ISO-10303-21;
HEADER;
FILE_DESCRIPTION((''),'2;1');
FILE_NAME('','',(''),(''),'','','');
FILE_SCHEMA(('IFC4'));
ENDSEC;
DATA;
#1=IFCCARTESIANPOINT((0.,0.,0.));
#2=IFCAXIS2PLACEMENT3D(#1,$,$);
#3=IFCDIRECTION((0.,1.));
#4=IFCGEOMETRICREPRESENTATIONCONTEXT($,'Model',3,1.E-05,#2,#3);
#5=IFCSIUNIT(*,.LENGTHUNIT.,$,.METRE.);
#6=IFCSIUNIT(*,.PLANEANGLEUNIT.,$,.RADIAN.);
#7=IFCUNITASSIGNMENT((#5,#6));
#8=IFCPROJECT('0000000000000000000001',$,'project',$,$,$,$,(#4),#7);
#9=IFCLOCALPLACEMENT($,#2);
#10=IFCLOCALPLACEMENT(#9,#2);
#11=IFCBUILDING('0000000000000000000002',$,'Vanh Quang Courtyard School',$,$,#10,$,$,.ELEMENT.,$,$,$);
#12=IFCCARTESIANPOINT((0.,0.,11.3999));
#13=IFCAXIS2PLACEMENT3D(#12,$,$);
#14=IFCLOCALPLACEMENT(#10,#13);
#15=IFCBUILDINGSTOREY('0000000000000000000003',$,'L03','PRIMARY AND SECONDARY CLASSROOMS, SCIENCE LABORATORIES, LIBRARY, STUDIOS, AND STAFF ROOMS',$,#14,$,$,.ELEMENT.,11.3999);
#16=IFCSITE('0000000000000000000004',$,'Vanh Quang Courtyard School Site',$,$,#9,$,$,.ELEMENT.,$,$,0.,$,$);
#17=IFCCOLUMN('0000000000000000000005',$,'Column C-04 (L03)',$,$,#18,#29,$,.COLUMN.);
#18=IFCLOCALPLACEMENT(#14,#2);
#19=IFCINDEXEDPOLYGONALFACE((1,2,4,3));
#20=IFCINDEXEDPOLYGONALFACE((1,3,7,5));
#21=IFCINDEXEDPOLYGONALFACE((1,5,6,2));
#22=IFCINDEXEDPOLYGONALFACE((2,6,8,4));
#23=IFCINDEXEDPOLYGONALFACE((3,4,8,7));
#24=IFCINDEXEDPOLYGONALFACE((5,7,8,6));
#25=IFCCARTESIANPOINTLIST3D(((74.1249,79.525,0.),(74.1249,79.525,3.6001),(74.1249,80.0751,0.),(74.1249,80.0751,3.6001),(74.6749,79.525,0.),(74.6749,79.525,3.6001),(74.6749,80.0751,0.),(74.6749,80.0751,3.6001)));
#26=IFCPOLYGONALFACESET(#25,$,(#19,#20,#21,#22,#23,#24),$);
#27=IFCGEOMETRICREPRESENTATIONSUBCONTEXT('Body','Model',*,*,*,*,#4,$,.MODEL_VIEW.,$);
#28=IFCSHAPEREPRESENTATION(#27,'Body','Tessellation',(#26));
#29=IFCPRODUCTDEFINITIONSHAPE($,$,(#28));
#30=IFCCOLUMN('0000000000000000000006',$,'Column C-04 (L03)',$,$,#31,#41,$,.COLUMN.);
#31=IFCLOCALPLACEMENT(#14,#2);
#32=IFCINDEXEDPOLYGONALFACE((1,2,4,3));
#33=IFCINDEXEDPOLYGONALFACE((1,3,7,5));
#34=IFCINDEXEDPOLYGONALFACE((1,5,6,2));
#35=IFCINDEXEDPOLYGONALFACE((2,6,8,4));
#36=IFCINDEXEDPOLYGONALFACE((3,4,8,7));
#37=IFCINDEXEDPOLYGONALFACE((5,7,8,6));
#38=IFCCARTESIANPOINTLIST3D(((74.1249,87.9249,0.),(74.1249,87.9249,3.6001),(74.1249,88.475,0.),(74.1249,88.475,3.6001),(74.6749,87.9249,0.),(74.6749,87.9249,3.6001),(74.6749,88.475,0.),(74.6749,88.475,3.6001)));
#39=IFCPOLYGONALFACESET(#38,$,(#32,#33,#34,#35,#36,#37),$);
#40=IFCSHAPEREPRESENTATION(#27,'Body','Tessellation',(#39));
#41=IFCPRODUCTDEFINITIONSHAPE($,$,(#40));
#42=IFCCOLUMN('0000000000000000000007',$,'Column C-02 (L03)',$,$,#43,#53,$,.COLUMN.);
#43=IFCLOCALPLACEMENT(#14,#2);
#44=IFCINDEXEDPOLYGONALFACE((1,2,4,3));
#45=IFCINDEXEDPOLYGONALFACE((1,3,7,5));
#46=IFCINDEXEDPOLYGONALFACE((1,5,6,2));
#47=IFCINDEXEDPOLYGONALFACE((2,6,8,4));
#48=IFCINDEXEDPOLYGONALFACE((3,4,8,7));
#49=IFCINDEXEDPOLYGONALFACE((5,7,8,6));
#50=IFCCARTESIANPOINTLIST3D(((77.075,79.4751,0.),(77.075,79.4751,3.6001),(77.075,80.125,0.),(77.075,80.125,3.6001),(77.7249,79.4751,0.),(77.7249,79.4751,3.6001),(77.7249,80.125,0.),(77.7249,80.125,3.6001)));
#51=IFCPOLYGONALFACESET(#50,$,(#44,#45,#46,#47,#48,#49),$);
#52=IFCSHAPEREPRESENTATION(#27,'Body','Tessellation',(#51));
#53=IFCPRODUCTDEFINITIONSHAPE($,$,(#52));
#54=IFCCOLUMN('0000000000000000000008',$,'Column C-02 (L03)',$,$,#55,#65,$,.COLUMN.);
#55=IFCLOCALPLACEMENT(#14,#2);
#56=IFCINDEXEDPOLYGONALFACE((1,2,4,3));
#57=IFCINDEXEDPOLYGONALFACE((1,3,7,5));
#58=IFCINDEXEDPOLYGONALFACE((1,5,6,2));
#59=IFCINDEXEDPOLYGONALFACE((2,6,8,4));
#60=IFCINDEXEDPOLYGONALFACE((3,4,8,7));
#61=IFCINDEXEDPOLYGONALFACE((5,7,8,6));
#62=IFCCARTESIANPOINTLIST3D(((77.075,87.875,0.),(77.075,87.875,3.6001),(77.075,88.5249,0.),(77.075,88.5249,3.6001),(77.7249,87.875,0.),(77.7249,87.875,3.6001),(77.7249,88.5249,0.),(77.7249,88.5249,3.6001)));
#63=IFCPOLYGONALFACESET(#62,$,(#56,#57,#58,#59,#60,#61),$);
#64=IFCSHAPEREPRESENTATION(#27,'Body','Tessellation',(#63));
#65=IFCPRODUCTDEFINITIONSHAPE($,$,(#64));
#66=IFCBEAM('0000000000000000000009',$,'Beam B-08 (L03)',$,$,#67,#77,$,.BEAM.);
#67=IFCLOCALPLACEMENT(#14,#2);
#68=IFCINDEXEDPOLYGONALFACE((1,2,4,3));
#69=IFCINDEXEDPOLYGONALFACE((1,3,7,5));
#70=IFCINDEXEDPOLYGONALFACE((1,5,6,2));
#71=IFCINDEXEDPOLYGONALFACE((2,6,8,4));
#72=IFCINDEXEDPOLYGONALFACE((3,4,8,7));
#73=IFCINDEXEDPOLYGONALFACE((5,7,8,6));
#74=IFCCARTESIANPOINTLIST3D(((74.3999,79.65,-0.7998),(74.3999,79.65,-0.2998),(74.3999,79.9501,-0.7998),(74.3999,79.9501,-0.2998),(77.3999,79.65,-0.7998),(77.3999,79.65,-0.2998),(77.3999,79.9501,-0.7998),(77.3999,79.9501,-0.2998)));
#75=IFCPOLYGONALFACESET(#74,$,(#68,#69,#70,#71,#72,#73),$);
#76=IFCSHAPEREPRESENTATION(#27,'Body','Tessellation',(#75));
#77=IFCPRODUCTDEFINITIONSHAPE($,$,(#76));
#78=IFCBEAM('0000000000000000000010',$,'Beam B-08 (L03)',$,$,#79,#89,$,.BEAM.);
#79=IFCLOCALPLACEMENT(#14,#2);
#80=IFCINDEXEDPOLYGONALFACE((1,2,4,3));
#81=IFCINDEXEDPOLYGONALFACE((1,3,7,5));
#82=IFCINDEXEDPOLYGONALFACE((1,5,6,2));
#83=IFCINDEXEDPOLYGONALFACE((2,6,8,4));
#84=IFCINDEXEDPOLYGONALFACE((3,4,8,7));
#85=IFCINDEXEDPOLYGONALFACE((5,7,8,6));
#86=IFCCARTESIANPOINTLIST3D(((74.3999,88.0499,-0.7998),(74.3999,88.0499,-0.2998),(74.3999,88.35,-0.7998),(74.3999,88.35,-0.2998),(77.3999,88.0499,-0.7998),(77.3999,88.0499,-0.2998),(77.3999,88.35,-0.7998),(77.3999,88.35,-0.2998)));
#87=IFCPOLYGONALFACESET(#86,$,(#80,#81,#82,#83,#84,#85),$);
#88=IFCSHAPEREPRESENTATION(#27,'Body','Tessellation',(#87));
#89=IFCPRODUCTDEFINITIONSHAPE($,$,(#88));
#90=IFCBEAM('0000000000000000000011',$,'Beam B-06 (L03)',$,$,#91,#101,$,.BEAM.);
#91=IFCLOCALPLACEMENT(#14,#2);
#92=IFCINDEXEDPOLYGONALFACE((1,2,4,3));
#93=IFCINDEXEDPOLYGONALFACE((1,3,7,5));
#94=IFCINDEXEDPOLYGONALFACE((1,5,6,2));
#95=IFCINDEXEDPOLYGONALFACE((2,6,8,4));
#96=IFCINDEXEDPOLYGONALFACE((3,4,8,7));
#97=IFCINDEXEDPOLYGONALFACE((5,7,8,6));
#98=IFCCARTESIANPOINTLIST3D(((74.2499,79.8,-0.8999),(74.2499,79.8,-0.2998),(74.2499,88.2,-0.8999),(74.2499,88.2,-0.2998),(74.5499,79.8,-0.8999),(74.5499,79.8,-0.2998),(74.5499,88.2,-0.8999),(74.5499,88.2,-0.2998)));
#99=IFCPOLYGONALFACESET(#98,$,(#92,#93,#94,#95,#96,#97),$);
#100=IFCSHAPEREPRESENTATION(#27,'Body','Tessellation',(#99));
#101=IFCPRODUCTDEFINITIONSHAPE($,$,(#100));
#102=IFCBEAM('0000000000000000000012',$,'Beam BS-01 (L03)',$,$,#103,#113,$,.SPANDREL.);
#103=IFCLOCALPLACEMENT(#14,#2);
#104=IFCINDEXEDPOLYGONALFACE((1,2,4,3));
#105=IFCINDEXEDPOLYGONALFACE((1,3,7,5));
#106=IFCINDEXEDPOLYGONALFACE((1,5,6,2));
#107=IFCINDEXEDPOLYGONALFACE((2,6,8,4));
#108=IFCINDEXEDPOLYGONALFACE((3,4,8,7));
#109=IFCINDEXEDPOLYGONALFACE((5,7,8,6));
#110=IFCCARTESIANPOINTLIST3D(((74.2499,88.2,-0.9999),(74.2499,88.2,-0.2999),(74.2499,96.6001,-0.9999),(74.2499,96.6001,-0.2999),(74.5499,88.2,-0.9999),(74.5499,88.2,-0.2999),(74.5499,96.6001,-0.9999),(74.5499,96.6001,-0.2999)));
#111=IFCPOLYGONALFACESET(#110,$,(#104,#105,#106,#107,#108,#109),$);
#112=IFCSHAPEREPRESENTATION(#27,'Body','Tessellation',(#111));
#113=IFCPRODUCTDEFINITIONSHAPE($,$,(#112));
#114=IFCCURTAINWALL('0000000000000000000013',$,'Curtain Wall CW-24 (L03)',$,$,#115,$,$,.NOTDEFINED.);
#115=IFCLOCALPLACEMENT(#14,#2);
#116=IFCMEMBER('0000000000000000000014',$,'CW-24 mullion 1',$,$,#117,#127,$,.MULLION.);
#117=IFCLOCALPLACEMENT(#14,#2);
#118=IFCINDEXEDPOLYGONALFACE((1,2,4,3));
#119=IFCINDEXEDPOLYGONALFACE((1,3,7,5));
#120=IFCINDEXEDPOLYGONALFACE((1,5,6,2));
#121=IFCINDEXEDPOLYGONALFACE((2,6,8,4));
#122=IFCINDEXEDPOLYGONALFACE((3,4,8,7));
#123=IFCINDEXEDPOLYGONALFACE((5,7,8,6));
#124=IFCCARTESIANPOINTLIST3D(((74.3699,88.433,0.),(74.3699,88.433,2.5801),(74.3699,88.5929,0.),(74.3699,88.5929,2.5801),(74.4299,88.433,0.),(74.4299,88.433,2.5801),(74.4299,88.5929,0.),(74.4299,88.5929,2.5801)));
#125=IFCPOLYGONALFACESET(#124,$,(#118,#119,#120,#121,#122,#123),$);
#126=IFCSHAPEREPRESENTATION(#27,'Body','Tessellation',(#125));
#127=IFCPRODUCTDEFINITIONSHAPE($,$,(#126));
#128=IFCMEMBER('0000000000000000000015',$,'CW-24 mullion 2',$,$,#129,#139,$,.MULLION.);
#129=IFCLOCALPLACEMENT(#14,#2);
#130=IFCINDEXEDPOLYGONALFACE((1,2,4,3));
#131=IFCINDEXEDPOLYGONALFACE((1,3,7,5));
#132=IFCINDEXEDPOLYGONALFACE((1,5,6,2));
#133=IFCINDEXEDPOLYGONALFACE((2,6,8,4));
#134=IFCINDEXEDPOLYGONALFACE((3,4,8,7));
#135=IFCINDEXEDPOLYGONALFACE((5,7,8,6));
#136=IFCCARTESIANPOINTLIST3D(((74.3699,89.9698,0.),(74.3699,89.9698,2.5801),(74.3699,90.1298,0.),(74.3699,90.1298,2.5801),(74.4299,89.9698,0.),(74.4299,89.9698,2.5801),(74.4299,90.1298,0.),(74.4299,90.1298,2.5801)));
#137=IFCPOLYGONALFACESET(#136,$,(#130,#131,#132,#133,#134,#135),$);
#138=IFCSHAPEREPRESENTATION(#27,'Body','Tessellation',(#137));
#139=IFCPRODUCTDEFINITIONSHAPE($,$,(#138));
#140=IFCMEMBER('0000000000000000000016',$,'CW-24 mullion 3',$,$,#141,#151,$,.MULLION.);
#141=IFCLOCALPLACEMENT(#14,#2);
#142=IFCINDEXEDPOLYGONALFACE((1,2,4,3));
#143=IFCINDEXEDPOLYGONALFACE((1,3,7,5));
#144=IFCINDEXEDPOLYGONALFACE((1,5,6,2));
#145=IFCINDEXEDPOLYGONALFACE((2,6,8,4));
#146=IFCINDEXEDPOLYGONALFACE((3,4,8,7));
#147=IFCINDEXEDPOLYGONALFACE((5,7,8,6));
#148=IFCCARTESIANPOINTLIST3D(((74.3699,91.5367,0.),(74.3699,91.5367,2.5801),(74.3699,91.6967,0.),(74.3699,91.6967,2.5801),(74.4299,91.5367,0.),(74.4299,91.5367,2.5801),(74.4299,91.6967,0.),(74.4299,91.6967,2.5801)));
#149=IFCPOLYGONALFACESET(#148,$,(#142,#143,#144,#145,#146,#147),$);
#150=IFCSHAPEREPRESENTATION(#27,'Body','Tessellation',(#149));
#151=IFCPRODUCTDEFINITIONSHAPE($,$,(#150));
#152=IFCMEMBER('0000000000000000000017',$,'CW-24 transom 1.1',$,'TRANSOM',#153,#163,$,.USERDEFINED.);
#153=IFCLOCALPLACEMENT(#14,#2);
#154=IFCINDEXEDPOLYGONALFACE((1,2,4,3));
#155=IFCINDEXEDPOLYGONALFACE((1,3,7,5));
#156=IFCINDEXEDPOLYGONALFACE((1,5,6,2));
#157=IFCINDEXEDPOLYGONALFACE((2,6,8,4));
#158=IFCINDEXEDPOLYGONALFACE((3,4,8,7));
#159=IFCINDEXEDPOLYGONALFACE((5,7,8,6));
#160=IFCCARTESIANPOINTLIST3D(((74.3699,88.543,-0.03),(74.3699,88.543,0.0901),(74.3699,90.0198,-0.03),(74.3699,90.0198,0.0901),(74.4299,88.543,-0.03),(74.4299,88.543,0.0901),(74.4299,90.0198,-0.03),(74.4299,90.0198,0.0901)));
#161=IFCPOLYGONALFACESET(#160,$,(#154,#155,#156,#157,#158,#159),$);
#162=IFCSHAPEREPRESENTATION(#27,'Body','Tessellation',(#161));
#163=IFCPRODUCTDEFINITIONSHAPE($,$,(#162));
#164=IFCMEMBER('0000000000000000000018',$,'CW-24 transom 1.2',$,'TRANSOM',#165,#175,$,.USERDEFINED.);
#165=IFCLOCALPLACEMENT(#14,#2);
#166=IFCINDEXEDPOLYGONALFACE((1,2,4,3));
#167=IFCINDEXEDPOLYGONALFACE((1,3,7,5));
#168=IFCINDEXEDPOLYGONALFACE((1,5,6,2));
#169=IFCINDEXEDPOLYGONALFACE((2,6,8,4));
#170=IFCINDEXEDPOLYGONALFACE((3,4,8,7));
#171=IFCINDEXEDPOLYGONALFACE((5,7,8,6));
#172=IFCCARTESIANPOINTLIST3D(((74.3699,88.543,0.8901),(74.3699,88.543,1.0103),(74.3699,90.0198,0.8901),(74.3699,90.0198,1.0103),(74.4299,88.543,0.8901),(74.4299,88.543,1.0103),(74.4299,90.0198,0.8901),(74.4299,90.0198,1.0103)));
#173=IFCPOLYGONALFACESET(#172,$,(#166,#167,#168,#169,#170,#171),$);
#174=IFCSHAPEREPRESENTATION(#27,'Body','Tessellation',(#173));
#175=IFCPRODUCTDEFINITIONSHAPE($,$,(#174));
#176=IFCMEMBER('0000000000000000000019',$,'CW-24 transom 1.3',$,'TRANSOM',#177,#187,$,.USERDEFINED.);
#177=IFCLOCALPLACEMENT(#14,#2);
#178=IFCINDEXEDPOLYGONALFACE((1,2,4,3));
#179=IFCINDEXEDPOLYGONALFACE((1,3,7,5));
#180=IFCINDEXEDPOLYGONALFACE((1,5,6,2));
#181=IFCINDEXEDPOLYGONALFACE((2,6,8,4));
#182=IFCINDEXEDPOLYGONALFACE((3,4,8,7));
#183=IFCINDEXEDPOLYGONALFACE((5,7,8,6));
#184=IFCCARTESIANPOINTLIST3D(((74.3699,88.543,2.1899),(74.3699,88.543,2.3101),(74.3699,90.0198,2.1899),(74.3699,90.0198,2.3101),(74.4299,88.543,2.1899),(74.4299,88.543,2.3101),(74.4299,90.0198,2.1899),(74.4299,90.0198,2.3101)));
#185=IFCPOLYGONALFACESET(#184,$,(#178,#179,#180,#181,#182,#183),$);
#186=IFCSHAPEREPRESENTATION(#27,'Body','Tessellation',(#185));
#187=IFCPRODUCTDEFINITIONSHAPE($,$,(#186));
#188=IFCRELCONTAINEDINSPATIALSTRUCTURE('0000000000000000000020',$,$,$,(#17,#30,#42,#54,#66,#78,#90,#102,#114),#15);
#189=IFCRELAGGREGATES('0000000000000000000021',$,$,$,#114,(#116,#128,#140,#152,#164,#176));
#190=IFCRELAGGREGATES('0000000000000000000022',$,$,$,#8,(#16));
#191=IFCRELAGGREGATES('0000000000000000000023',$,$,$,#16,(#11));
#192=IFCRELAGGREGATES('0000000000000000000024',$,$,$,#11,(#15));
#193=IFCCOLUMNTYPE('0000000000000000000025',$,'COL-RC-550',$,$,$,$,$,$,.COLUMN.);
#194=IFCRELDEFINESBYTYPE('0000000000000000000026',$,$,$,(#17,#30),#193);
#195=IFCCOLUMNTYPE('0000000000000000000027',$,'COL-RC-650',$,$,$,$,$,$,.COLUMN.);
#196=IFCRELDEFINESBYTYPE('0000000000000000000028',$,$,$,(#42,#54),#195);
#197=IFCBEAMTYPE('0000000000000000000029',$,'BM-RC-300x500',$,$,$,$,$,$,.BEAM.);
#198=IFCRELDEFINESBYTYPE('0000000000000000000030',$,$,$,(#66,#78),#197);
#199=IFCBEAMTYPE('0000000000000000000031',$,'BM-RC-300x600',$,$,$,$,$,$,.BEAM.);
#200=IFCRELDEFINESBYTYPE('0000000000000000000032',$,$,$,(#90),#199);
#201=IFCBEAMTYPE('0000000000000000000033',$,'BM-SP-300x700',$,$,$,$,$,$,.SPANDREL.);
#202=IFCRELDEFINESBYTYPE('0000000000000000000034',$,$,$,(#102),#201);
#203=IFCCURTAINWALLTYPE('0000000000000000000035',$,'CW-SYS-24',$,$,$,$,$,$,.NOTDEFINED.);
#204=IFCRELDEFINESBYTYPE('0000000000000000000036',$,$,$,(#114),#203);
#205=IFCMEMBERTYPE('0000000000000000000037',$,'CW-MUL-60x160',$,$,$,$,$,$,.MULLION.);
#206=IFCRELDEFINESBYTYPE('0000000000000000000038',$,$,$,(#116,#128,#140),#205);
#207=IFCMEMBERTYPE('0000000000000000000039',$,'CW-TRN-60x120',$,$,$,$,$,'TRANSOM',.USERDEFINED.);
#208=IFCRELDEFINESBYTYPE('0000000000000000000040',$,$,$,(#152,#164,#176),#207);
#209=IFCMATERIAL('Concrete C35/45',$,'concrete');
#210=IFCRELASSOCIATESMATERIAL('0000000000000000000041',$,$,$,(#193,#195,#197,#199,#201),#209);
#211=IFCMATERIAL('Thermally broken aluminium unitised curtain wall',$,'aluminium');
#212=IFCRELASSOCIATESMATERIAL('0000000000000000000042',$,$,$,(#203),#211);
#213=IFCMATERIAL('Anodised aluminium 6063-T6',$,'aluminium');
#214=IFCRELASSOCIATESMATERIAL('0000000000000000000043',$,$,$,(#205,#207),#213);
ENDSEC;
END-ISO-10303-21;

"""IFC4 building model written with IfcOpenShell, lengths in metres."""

from ifc_helpers import new_model, si_unit, direction, frame, origin, origin_2d, place, context, subcontext, project, spatial, rectangle, extrude, material, material_profile, profile_set, type_object, element, aggregate, save


model = new_model("IFC4")

# Units and contexts
model_context = context("Model", 3, precision=1e-05, world=origin(), true_north=direction((0.0, 1.0)))
body_context = subcontext(model_context, "Body", "Model", "MODEL_VIEW")
ifc_project = project(units=[si_unit("LENGTHUNIT", "METRE"), si_unit("PLANEANGLEUNIT", "RADIAN")], contexts=[model_context])

# Site, building, storey
site_placement = place(None, origin())
site = spatial("IfcSite", under=ifc_project, at=site_placement, Name="Vanh Quang Courtyard School Site", CompositionType="ELEMENT", RefElevation=0.0)
building_placement = place(site_placement, origin())
building = spatial("IfcBuilding", under=site, at=building_placement, Name="Vanh Quang Courtyard School", CompositionType="ELEMENT")
storey_placement = place(building_placement, frame((0.0, 0.0, 11.3999)))
storey = spatial("IfcBuildingStorey", under=building, at=storey_placement, Name="L03", Description="PRIMARY AND SECONDARY CLASSROOMS, SCIENCE LABORATORIES, LIBRARY, STUDIOS, AND STAFF ROOMS", CompositionType="ELEMENT", Elevation=11.3999)

# Columns
ifc_material_1 = material(Name="Concrete C35/45", Category="concrete")
ifc_material_profile_1 = material_profile(ifc_material_1, rectangle(XDim=0.55, YDim=0.55, at=origin_2d()), Name="RC-COL 550x550")
ifc_profile_set_1 = profile_set([ifc_material_profile_1], Name="Concrete C35/45")
column_type_1 = type_object("IfcColumnType", Name="COL-RC-550", PredefinedType="COLUMN", material=ifc_profile_set_1)
for number, where, z_axis, x_axis, name in (
    (1, (74.3999, 79.8, 0.0), (0.0, 0.0, 1.0), (1.0, 0.0, 0.0), "Column C-04 (L03)"),
    (2, (74.3999, 88.2, 0.0), (0.0, 0.0, 1.0), (1.0, 0.0, 0.0), "Column C-04 (L03)"),
):
    element("IfcColumn", number, at=place(storey_placement, frame(where, z_axis=z_axis, x_axis=x_axis)), inside=storey, type_object=column_type_1, Name=name, PredefinedType="COLUMN", context=body_context, shape_type="SweptSolid", body=[
        extrude(rectangle(XDim=0.55, YDim=0.55, at=origin_2d()), origin(), (0.0, 0.0, 1.0), 3.6001),
    ])
ifc_material_profile_2 = material_profile(ifc_material_1, rectangle(XDim=0.6499, YDim=0.6499, at=origin_2d()), Name="RC-COL 650x650")
ifc_profile_set_2 = profile_set([ifc_material_profile_2], Name="Concrete C35/45")
column_type_2 = type_object("IfcColumnType", Name="COL-RC-650", PredefinedType="COLUMN", material=ifc_profile_set_2)
for number, where, z_axis, x_axis, name in (
    (3, (77.3999, 79.8, 0.0), (0.0, 0.0, 1.0), (1.0, 0.0, 0.0), "Column C-02 (L03)"),
    (4, (77.3999, 88.2, 0.0), (0.0, 0.0, 1.0), (1.0, 0.0, 0.0), "Column C-02 (L03)"),
):
    element("IfcColumn", number, at=place(storey_placement, frame(where, z_axis=z_axis, x_axis=x_axis)), inside=storey, type_object=column_type_2, Name=name, PredefinedType="COLUMN", context=body_context, shape_type="SweptSolid", body=[
        extrude(rectangle(XDim=0.6499, YDim=0.6499, at=origin_2d()), origin(), (0.0, 0.0, 1.0), 3.6001),
    ])

# Beams
ifc_material_profile_3 = material_profile(ifc_material_1, rectangle(XDim=0.3, YDim=0.5, at=origin_2d()), Name="RC-BM 300x500")
ifc_profile_set_3 = profile_set([ifc_material_profile_3], Name="Concrete C35/45")
beam_type_1 = type_object("IfcBeamType", Name="BM-RC-300x500", PredefinedType="BEAM", material=ifc_profile_set_3)
for number, where, z_axis, x_axis, name in (
    (5, (74.3999, 79.8, -0.5498), (1.0, 0.0, 0.0), (0.0, 1.0, 0.0), "Beam B-08 (L03)"),
    (6, (74.3999, 88.2, -0.5498), (1.0, 0.0, 0.0), (0.0, 1.0, 0.0), "Beam B-08 (L03)"),
):
    element("IfcBeam", number, at=place(storey_placement, frame(where, z_axis=z_axis, x_axis=x_axis)), inside=storey, type_object=beam_type_1, Name=name, PredefinedType="BEAM", context=body_context, shape_type="SweptSolid", body=[
        extrude(rectangle(XDim=0.3, YDim=0.5, at=origin_2d()), origin(), (0.0, 0.0, 1.0), 3.0),
    ])
ifc_material_profile_4 = material_profile(ifc_material_1, rectangle(XDim=0.3, YDim=0.6001, at=origin_2d()), Name="RC-BM 300x600")
ifc_profile_set_4 = profile_set([ifc_material_profile_4], Name="Concrete C35/45")
beam_type_2 = type_object("IfcBeamType", Name="BM-RC-300x600", PredefinedType="BEAM", material=ifc_profile_set_4)
beam_1_placement = place(storey_placement, frame((74.3999, 79.8, -0.5999), z_axis=(0.0, 1.0, 0.0), x_axis=(-1.0, 0.0, 0.0)))
element("IfcBeam", 7, at=beam_1_placement, inside=storey, type_object=beam_type_2, Name="Beam B-06 (L03)", PredefinedType="BEAM", context=body_context, shape_type="SweptSolid", body=[
    extrude(rectangle(XDim=0.3, YDim=0.6001, at=origin_2d()), origin(), (0.0, 0.0, 1.0), 8.3999),
])
ifc_material_profile_5 = material_profile(ifc_material_1, rectangle(XDim=0.3, YDim=0.7, at=origin_2d()), Name="RC-SP 300x700")
ifc_profile_set_5 = profile_set([ifc_material_profile_5], Name="Concrete C35/45")
beam_type_3 = type_object("IfcBeamType", Name="BM-SP-300x700", PredefinedType="SPANDREL", material=ifc_profile_set_5)
beam_2_placement = place(storey_placement, frame((74.3999, 88.2, -0.6499), z_axis=(0.0, 1.0, 0.0), x_axis=(-1.0, 0.0, 0.0)))
element("IfcBeam", 8, at=beam_2_placement, inside=storey, type_object=beam_type_3, Name="Beam BS-01 (L03)", PredefinedType="SPANDREL", context=body_context, shape_type="SweptSolid", body=[
    extrude(rectangle(XDim=0.3, YDim=0.7, at=origin_2d()), origin(), (0.0, 0.0, 1.0), 8.4001),
])

# Curtain wall, members
ifc_material_2 = material(Name="Thermally broken aluminium unitised curtain wall", Category="aluminium")
curtain_wall_type = type_object("IfcCurtainWallType", Name="CW-SYS-24", PredefinedType="NOTDEFINED", material=ifc_material_2)
curtain_wall_placement = place(storey_placement, origin())
curtain_wall = element("IfcCurtainWall", 9, at=curtain_wall_placement, inside=storey, type_object=curtain_wall_type, Name="Curtain Wall CW-24 (L03)", PredefinedType="NOTDEFINED")
ifc_material_3 = material(Name="Anodised aluminium 6063-T6", Category="aluminium")
ifc_material_profile_6 = material_profile(ifc_material_3, rectangle(XDim=0.0601, YDim=0.1599, at=origin_2d()), Name="ALU-MUL 60x160")
ifc_profile_set_6 = profile_set([ifc_material_profile_6], Name="Anodised aluminium 6063-T6")
member_type_1 = type_object("IfcMemberType", Name="CW-MUL-60x160", PredefinedType="MULLION", material=ifc_profile_set_6)
member_1_placement = place(storey_placement, frame((74.3999, 88.5129, 0.0), z_axis=(0.0, 0.0, 1.0), x_axis=(-1.0, 0.0, 0.0)))
member_1 = element("IfcMember", 10, at=member_1_placement, type_object=member_type_1, Name="CW-24 mullion 1", PredefinedType="MULLION", context=body_context, shape_type="SweptSolid", body=[
    extrude(rectangle(XDim=0.0601, YDim=0.1599, at=origin_2d()), origin(), (0.0, 0.0, 1.0), 2.5801),
])
member_2_placement = place(storey_placement, frame((74.3999, 90.0498, 0.0), z_axis=(0.0, 0.0, 1.0), x_axis=(-1.0, 0.0, 0.0)))
member_2 = element("IfcMember", 11, at=member_2_placement, type_object=member_type_1, Name="CW-24 mullion 2", PredefinedType="MULLION", context=body_context, shape_type="SweptSolid", body=[
    extrude(rectangle(XDim=0.0601, YDim=0.1599, at=origin_2d()), origin(), (0.0, 0.0, 1.0), 2.5801),
])
member_3_placement = place(storey_placement, frame((74.3999, 91.6167, 0.0), z_axis=(0.0, 0.0, 1.0), x_axis=(-1.0, 0.0, 0.0)))
member_3 = element("IfcMember", 12, at=member_3_placement, type_object=member_type_1, Name="CW-24 mullion 3", PredefinedType="MULLION", context=body_context, shape_type="SweptSolid", body=[
    extrude(rectangle(XDim=0.0601, YDim=0.1599, at=origin_2d()), origin(), (0.0, 0.0, 1.0), 2.5801),
])
ifc_material_profile_7 = material_profile(ifc_material_3, rectangle(XDim=0.0601, YDim=0.1201, at=origin_2d()), Name="ALU-TRN 60x120")
ifc_profile_set_7 = profile_set([ifc_material_profile_7], Name="Anodised aluminium 6063-T6")
member_type_2 = type_object("IfcMemberType", Name="CW-TRN-60x120", ElementType="TRANSOM", PredefinedType="USERDEFINED", material=ifc_profile_set_7)
member_4_placement = place(storey_placement, frame((74.3999, 88.543, 0.03), z_axis=(0.0, 1.0, 0.0), x_axis=(-1.0, 0.0, 0.0)))
member_4 = element("IfcMember", 13, at=member_4_placement, type_object=member_type_2, Name="CW-24 transom 1.1", ObjectType="TRANSOM", PredefinedType="USERDEFINED", context=body_context, shape_type="SweptSolid", body=[
    extrude(rectangle(XDim=0.0601, YDim=0.1201, at=origin_2d()), origin(), (0.0, 0.0, 1.0), 1.4768),
])
member_5_placement = place(storey_placement, frame((74.3999, 88.543, 0.9502), z_axis=(0.0, 1.0, 0.0), x_axis=(-1.0, 0.0, 0.0)))
member_5 = element("IfcMember", 14, at=member_5_placement, type_object=member_type_2, Name="CW-24 transom 1.2", ObjectType="TRANSOM", PredefinedType="USERDEFINED", context=body_context, shape_type="SweptSolid", body=[
    extrude(rectangle(XDim=0.0601, YDim=0.1201, at=origin_2d()), origin(), (0.0, 0.0, 1.0), 1.4768),
])
member_6_placement = place(storey_placement, frame((74.3999, 88.543, 2.25), z_axis=(0.0, 1.0, 0.0), x_axis=(-1.0, 0.0, 0.0)))
member_6 = element("IfcMember", 15, at=member_6_placement, type_object=member_type_2, Name="CW-24 transom 1.3", ObjectType="TRANSOM", PredefinedType="USERDEFINED", context=body_context, shape_type="SweptSolid", body=[
    extrude(rectangle(XDim=0.0601, YDim=0.1201, at=origin_2d()), origin(), (0.0, 0.0, 1.0), 1.4768),
])

aggregate(curtain_wall, [member_1, member_2, member_3, member_4, member_5, member_6])

save(model, "model.ifc")
